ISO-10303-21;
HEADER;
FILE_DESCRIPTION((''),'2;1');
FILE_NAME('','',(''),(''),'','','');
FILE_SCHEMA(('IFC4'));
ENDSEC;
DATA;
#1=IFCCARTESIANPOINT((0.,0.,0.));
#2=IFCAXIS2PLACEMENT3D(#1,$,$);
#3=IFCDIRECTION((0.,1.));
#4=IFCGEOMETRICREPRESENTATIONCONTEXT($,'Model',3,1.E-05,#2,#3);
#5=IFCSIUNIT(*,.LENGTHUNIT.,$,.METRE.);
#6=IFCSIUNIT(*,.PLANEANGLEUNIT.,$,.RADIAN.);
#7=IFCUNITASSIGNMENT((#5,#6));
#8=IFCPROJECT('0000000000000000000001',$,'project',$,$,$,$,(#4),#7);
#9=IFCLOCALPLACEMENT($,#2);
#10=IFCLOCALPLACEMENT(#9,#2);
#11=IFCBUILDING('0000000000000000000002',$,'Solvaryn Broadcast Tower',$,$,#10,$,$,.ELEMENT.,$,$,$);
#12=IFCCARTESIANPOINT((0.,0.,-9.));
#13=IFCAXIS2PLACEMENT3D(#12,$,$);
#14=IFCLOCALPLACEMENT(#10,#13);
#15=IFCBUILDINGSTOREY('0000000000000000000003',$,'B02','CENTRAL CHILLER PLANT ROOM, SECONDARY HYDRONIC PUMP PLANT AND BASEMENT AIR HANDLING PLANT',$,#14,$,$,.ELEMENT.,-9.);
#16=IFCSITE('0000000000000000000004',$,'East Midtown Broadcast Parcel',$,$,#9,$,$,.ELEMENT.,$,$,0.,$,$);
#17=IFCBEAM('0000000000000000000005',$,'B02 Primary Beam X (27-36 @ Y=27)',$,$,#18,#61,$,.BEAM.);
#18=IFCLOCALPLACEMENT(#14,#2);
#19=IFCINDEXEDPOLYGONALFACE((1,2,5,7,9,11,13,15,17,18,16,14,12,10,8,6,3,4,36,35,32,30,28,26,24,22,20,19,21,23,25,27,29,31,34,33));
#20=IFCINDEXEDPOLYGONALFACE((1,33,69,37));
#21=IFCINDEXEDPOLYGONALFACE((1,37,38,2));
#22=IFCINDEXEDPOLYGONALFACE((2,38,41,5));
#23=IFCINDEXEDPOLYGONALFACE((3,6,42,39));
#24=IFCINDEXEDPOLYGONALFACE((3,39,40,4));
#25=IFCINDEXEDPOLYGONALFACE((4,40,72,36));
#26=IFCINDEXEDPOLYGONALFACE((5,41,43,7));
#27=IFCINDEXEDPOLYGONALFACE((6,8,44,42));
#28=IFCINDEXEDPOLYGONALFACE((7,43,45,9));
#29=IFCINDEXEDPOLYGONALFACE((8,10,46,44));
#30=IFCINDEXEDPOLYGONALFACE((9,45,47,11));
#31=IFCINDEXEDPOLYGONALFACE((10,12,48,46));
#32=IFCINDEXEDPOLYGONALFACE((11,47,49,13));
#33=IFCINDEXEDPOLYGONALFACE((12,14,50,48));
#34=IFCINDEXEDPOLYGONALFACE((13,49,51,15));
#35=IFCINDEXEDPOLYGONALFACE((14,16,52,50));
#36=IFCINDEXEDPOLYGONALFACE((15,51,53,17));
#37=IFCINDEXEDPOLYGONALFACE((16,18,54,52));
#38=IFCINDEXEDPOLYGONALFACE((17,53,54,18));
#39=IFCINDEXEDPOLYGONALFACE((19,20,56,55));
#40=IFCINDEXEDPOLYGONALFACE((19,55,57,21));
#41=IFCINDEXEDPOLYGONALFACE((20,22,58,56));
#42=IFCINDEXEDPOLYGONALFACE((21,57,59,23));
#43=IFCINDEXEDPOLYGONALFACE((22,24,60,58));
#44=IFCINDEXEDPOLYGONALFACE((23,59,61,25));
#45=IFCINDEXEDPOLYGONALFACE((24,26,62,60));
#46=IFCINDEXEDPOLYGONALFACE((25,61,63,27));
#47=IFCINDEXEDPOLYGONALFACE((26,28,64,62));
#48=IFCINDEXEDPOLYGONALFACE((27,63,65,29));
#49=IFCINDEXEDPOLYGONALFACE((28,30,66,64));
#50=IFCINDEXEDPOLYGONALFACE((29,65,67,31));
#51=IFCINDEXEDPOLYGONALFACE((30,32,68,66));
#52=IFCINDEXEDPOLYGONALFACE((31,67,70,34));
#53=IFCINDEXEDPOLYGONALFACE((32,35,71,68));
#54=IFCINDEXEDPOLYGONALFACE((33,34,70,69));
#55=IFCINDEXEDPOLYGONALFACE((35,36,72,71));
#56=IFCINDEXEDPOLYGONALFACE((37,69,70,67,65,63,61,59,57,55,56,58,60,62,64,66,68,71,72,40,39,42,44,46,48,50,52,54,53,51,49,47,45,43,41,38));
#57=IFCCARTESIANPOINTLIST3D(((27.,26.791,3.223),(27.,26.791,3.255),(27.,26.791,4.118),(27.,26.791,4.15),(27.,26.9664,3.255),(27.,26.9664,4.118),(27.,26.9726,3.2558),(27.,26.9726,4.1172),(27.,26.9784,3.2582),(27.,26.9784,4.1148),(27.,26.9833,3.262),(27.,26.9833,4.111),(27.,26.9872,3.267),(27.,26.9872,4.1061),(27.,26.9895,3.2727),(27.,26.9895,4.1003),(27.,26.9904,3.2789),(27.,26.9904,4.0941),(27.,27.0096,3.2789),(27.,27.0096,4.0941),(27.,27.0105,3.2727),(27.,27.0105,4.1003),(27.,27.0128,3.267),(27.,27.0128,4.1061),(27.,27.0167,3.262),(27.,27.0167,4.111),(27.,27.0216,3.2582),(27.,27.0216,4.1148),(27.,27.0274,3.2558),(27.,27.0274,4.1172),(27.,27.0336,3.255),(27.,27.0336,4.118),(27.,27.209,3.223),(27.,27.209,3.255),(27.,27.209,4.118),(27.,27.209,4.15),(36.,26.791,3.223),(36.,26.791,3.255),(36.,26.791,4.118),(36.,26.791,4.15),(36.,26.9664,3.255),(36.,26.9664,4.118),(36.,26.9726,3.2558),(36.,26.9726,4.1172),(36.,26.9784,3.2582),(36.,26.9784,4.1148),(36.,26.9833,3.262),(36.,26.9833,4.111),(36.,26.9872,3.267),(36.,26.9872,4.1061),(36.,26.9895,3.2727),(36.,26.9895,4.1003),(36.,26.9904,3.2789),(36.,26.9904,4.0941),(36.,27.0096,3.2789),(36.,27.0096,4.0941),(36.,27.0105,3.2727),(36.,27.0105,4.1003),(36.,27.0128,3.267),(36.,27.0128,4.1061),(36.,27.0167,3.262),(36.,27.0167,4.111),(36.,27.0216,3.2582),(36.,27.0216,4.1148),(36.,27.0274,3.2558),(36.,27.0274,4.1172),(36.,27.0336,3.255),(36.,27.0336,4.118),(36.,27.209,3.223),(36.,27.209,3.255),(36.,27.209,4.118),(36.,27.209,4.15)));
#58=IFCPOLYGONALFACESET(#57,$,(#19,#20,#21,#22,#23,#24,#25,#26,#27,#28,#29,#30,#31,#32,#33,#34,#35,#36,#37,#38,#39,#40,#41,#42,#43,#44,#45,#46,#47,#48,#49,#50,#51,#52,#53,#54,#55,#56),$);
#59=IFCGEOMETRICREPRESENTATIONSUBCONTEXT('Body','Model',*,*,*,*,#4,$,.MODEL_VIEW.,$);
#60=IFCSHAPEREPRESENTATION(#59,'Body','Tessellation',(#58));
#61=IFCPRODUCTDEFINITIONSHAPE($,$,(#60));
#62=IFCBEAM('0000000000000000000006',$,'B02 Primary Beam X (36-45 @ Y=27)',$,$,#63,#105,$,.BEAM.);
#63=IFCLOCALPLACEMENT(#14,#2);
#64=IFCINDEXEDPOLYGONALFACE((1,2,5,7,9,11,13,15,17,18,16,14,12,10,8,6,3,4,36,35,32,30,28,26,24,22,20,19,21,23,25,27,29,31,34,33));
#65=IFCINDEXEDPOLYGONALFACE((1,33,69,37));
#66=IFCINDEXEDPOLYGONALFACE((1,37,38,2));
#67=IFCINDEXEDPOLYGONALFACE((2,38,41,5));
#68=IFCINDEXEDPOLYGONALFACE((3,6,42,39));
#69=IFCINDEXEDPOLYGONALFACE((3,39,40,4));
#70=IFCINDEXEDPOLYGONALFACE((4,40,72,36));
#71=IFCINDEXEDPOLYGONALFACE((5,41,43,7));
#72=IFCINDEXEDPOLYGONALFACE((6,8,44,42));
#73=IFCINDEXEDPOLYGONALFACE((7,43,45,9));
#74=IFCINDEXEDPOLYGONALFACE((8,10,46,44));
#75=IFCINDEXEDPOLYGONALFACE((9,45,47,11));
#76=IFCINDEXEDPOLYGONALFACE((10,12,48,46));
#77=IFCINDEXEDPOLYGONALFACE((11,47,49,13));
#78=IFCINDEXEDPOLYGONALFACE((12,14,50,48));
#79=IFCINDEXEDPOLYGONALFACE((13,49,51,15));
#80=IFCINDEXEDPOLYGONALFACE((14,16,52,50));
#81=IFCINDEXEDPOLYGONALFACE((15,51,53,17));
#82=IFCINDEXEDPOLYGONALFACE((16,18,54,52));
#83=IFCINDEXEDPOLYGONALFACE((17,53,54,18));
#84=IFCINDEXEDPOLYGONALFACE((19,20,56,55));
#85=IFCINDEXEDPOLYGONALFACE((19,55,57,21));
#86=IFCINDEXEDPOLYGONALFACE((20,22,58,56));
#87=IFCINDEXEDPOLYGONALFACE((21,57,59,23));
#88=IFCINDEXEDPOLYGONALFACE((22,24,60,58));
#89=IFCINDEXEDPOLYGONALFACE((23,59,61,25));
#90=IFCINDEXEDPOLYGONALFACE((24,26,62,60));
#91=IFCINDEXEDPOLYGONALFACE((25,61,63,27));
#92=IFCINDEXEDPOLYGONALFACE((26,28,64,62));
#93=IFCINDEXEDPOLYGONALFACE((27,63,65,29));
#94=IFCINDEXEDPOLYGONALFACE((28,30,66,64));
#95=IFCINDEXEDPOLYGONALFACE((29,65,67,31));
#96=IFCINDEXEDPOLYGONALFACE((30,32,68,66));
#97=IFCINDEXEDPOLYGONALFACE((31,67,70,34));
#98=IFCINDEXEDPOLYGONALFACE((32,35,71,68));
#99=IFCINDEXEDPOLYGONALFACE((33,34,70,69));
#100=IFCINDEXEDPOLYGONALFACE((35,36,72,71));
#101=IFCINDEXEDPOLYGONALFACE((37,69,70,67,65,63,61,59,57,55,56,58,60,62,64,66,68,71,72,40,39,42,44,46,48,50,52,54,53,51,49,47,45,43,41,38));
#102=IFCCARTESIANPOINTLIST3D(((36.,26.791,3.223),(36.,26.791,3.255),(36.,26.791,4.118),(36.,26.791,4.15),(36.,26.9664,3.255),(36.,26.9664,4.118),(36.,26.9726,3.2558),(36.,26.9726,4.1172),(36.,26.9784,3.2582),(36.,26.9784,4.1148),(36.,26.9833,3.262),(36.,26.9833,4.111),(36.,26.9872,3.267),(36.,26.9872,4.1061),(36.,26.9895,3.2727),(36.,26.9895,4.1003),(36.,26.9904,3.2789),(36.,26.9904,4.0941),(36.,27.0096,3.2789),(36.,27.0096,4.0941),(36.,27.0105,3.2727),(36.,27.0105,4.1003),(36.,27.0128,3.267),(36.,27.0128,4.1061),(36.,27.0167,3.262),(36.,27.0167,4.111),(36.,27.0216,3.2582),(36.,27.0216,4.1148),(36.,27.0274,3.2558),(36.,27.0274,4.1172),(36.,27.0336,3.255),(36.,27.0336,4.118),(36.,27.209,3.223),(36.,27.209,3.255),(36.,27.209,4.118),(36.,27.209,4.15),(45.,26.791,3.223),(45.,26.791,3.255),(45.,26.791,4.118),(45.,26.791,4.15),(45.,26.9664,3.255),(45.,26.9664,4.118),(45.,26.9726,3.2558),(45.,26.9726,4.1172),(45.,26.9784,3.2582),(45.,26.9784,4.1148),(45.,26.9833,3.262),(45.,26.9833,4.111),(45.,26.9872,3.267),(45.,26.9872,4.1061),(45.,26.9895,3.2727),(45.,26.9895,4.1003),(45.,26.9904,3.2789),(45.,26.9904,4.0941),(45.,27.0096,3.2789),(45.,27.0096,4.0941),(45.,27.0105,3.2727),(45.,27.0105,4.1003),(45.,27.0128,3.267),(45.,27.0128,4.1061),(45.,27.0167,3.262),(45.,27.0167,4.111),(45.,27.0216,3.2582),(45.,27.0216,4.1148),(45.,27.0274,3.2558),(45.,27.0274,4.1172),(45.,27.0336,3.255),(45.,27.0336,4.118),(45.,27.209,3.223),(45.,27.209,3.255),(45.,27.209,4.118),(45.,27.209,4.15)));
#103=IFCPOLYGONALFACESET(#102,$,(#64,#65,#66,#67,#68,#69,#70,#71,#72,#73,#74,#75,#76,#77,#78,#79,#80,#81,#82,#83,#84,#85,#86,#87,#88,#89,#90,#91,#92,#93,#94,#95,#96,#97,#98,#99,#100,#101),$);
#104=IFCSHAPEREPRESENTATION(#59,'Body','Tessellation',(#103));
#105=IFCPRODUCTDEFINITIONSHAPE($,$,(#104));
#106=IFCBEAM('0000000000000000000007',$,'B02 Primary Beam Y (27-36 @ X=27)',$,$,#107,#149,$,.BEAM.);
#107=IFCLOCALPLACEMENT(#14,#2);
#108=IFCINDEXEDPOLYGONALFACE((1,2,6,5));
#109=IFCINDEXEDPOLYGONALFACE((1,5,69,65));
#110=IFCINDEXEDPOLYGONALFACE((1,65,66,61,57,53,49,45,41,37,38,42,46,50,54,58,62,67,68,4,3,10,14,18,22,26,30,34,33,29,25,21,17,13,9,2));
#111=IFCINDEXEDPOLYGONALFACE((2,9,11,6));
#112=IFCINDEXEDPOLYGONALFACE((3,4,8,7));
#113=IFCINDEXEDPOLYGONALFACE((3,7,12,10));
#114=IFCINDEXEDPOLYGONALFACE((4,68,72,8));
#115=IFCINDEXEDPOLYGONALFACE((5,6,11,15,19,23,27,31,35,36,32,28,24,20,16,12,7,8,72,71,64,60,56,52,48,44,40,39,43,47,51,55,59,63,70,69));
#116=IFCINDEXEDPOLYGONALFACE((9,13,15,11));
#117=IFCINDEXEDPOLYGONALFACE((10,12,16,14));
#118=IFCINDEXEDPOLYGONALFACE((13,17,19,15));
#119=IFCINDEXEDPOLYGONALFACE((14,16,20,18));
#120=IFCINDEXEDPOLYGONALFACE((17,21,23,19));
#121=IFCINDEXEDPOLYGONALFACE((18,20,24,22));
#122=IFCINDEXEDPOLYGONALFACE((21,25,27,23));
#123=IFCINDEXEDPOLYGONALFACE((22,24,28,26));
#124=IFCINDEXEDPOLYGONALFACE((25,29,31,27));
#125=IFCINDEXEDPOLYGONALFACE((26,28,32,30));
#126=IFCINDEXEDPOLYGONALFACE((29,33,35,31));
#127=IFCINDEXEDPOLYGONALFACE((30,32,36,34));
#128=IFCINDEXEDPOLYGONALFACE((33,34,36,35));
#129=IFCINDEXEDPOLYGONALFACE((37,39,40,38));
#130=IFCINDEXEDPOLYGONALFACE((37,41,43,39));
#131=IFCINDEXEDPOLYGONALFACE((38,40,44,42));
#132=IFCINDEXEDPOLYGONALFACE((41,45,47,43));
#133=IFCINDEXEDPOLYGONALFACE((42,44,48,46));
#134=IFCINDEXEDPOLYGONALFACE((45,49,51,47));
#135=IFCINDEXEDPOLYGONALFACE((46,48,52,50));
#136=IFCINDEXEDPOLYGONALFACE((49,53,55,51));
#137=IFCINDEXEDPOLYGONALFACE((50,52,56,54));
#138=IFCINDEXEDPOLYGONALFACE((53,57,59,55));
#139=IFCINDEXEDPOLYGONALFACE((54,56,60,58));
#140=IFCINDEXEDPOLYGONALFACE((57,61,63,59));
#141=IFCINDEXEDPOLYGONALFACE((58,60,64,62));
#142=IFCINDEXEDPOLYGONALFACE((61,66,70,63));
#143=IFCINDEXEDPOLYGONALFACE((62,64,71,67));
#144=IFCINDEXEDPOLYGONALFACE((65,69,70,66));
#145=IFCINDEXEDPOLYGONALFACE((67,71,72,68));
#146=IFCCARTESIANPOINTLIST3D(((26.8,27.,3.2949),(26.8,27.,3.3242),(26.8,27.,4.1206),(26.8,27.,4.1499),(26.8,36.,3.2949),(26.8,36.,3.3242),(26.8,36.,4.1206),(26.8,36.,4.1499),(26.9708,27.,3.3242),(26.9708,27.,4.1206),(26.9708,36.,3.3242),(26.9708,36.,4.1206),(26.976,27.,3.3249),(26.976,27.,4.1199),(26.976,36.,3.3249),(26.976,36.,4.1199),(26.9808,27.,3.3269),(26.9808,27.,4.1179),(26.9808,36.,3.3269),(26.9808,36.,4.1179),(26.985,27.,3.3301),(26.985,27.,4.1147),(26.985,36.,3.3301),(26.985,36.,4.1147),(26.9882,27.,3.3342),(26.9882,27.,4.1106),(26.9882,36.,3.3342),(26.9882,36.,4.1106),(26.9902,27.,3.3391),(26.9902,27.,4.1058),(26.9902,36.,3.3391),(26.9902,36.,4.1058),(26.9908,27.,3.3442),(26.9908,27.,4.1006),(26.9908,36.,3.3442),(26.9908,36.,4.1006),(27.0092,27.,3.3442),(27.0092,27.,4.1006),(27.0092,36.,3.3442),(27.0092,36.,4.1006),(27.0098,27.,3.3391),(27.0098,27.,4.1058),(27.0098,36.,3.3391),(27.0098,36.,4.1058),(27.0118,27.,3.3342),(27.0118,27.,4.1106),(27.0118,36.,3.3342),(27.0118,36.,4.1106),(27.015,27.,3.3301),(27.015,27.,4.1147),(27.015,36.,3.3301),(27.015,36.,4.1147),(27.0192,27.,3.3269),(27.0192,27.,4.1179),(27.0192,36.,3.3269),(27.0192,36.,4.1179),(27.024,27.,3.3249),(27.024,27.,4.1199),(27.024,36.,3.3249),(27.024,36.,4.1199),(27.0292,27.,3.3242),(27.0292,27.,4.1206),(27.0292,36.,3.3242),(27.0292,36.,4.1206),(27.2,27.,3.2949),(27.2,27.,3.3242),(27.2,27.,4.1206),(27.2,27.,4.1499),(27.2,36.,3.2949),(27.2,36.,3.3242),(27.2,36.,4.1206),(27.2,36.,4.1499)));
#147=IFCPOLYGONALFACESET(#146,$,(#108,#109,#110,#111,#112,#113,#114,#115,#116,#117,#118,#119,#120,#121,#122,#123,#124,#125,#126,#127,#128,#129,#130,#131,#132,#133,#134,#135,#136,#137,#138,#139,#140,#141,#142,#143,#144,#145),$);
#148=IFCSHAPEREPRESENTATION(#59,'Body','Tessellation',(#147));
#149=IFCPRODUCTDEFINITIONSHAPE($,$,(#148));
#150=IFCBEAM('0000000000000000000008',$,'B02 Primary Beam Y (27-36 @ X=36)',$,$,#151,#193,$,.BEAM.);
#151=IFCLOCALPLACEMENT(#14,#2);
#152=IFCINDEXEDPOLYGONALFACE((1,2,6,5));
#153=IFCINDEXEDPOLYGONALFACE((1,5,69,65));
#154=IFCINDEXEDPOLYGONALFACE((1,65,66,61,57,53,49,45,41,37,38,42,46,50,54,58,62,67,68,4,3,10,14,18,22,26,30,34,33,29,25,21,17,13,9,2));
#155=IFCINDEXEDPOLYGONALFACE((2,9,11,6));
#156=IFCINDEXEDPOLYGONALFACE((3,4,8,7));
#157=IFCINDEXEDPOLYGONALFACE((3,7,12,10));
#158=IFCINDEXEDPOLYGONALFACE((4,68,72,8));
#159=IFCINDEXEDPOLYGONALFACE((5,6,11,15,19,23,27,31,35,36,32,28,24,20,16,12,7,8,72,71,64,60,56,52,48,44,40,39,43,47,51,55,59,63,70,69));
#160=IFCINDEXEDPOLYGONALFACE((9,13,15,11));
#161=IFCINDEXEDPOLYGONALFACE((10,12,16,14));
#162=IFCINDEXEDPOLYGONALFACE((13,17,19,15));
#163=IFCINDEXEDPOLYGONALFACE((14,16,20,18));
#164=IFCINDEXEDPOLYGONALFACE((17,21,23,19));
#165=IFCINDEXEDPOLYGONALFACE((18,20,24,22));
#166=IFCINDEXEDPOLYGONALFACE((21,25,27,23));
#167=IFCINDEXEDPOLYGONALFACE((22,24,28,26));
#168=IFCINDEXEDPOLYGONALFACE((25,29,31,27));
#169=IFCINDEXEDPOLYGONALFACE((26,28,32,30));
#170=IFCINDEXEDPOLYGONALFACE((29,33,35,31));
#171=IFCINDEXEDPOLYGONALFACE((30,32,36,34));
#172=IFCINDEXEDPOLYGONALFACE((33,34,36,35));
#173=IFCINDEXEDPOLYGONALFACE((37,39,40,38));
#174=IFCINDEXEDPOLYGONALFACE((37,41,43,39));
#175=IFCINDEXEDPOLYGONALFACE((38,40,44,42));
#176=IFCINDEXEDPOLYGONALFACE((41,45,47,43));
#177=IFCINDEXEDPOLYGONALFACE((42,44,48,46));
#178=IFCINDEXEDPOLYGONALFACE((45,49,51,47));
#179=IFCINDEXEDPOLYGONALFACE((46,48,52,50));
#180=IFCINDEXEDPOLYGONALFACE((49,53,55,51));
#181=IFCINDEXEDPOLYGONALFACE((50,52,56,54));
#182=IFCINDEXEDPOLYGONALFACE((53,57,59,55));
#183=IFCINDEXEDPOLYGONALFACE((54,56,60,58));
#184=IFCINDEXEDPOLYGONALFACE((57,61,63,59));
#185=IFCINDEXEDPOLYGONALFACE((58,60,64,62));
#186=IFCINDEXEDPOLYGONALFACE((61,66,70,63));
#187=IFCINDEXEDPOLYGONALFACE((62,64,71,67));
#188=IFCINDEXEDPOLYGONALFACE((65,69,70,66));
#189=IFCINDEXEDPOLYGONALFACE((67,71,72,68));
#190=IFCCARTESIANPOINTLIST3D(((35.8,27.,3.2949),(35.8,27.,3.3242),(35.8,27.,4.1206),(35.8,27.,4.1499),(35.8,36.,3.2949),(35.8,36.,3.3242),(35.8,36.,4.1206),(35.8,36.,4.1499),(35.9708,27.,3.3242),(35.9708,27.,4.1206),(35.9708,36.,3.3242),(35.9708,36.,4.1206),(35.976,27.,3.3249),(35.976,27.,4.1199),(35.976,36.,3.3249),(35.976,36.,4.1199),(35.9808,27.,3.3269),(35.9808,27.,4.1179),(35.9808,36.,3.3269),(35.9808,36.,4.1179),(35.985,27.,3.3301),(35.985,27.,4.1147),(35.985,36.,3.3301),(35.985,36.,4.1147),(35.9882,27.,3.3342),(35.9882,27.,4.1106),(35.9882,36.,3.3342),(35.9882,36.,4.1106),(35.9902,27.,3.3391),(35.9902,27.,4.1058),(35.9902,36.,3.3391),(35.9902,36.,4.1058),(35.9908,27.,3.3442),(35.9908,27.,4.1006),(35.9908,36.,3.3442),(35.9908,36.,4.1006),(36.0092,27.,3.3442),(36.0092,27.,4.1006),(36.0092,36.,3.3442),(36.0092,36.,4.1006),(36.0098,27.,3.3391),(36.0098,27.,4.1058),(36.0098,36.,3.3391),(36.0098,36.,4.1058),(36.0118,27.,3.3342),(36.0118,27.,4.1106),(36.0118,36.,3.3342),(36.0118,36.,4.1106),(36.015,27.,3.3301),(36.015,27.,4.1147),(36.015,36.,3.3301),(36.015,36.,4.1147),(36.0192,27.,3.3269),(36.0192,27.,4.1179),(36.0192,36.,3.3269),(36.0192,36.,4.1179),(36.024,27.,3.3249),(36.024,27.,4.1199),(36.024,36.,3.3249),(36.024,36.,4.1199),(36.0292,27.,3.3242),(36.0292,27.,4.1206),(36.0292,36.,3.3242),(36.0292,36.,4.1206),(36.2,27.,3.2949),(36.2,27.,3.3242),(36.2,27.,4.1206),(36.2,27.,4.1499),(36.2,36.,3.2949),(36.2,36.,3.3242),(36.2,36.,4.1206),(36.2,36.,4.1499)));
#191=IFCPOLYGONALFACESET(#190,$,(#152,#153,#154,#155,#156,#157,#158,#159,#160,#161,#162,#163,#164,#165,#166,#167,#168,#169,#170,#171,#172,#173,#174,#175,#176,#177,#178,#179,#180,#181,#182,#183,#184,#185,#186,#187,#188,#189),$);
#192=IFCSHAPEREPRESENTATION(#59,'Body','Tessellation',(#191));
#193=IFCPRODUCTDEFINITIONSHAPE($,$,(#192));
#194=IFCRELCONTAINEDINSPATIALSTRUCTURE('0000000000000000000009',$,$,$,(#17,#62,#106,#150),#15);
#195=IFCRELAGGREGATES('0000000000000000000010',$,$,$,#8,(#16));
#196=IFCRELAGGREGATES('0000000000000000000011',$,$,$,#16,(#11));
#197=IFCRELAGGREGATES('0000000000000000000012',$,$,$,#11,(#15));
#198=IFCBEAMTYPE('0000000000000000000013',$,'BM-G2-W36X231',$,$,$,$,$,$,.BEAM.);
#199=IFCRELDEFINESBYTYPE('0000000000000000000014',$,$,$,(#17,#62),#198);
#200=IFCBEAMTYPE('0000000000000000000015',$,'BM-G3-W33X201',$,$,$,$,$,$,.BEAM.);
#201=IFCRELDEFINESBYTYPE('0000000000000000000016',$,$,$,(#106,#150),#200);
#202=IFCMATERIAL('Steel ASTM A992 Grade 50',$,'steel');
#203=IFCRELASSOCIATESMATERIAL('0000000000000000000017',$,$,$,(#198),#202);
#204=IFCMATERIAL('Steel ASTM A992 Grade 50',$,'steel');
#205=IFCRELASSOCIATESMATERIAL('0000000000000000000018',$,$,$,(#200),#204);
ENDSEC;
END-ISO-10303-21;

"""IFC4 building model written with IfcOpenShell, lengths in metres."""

from ifc_helpers import new_model, si_unit, direction, frame, origin, origin_2d, place, context, subcontext, project, spatial, i_section, extrude, material, material_profile, profile_set, type_object, element, save


model = new_model("IFC4")

# Units and contexts
model_context = context("Model", 3, precision=1e-05, world=origin(), true_north=direction((0.0, 1.0)))
body_context = subcontext(model_context, "Body", "Model", "MODEL_VIEW")
ifc_project = project(units=[si_unit("LENGTHUNIT", "METRE"), si_unit("PLANEANGLEUNIT", "RADIAN")], contexts=[model_context])

# Site, building, storey
site_placement = place(None, origin())
site = spatial("IfcSite", under=ifc_project, at=site_placement, Name="East Midtown Broadcast Parcel", CompositionType="ELEMENT", RefElevation=0.0)
building_placement = place(site_placement, origin())
building = spatial("IfcBuilding", under=site, at=building_placement, Name="Solvaryn Broadcast Tower", CompositionType="ELEMENT")
storey_placement = place(building_placement, frame((0.0, 0.0, -9.0)))
storey = spatial("IfcBuildingStorey", under=building, at=storey_placement, Name="B02", Description="CENTRAL CHILLER PLANT ROOM, SECONDARY HYDRONIC PUMP PLANT AND BASEMENT AIR HANDLING PLANT", CompositionType="ELEMENT", Elevation=-9.0)

# Beams
ifc_material_1 = material(Name="Steel ASTM A992 Grade 50", Category="steel")
ifc_material_profile_1 = material_profile(ifc_material_1, i_section(OverallWidth=0.418, OverallDepth=0.927, WebThickness=0.0193, FlangeThickness=0.032, FilletRadius=0.0239, at=origin_2d()))
ifc_profile_set_1 = profile_set([ifc_material_profile_1], Name="Steel ASTM A992 Grade 50")
beam_type_1 = type_object("IfcBeamType", Name="BM-G2-W36X231", PredefinedType="BEAM", material=ifc_profile_set_1)
for number, where, z_axis, x_axis, name in (
    (1, (27.0, 27.0, 3.6865), (1.0, 0.0, 0.0), (0.0, 1.0, 0.0), "B02 Primary Beam X (27-36 @ Y=27)"),
    (2, (36.0, 27.0, 3.6865), (1.0, 0.0, 0.0), (0.0, 1.0, 0.0), "B02 Primary Beam X (36-45 @ Y=27)"),
):
    element("IfcBeam", number, at=place(storey_placement, frame(where, z_axis=z_axis, x_axis=x_axis)), inside=storey, type_object=beam_type_1, Name=name, PredefinedType="BEAM", context=body_context, shape_type="SweptSolid", body=[
        extrude(i_section(OverallWidth=0.418, OverallDepth=0.927, WebThickness=0.0193, FlangeThickness=0.032, FilletRadius=0.0239, at=origin_2d()), origin(), (0.0, 0.0, 1.0), 9.0),
    ])
ifc_material_2 = material(Name="Steel ASTM A992 Grade 50", Category="steel")
ifc_material_profile_2 = material_profile(ifc_material_2, i_section(OverallWidth=0.3999, OverallDepth=0.855, WebThickness=0.0183, FlangeThickness=0.0293, FilletRadius=0.02, at=origin_2d()))
ifc_profile_set_2 = profile_set([ifc_material_profile_2], Name="Steel ASTM A992 Grade 50")
beam_type_2 = type_object("IfcBeamType", Name="BM-G3-W33X201", PredefinedType="BEAM", material=ifc_profile_set_2)
for number, where, z_axis, x_axis, name in (
    (3, (27.0, 27.0, 3.7224), (0.0, 1.0, 0.0), (-1.0, 0.0, 0.0), "B02 Primary Beam Y (27-36 @ X=27)"),
    (4, (36.0, 27.0, 3.7224), (0.0, 1.0, 0.0), (-1.0, 0.0, 0.0), "B02 Primary Beam Y (27-36 @ X=36)"),
):
    element("IfcBeam", number, at=place(storey_placement, frame(where, z_axis=z_axis, x_axis=x_axis)), inside=storey, type_object=beam_type_2, Name=name, PredefinedType="BEAM", context=body_context, shape_type="SweptSolid", body=[
        extrude(i_section(OverallWidth=0.3999, OverallDepth=0.855, WebThickness=0.0183, FlangeThickness=0.0293, FilletRadius=0.02, at=origin_2d()), origin(), (0.0, 0.0, 1.0), 9.0),
    ])

save(model, "model.ifc")
